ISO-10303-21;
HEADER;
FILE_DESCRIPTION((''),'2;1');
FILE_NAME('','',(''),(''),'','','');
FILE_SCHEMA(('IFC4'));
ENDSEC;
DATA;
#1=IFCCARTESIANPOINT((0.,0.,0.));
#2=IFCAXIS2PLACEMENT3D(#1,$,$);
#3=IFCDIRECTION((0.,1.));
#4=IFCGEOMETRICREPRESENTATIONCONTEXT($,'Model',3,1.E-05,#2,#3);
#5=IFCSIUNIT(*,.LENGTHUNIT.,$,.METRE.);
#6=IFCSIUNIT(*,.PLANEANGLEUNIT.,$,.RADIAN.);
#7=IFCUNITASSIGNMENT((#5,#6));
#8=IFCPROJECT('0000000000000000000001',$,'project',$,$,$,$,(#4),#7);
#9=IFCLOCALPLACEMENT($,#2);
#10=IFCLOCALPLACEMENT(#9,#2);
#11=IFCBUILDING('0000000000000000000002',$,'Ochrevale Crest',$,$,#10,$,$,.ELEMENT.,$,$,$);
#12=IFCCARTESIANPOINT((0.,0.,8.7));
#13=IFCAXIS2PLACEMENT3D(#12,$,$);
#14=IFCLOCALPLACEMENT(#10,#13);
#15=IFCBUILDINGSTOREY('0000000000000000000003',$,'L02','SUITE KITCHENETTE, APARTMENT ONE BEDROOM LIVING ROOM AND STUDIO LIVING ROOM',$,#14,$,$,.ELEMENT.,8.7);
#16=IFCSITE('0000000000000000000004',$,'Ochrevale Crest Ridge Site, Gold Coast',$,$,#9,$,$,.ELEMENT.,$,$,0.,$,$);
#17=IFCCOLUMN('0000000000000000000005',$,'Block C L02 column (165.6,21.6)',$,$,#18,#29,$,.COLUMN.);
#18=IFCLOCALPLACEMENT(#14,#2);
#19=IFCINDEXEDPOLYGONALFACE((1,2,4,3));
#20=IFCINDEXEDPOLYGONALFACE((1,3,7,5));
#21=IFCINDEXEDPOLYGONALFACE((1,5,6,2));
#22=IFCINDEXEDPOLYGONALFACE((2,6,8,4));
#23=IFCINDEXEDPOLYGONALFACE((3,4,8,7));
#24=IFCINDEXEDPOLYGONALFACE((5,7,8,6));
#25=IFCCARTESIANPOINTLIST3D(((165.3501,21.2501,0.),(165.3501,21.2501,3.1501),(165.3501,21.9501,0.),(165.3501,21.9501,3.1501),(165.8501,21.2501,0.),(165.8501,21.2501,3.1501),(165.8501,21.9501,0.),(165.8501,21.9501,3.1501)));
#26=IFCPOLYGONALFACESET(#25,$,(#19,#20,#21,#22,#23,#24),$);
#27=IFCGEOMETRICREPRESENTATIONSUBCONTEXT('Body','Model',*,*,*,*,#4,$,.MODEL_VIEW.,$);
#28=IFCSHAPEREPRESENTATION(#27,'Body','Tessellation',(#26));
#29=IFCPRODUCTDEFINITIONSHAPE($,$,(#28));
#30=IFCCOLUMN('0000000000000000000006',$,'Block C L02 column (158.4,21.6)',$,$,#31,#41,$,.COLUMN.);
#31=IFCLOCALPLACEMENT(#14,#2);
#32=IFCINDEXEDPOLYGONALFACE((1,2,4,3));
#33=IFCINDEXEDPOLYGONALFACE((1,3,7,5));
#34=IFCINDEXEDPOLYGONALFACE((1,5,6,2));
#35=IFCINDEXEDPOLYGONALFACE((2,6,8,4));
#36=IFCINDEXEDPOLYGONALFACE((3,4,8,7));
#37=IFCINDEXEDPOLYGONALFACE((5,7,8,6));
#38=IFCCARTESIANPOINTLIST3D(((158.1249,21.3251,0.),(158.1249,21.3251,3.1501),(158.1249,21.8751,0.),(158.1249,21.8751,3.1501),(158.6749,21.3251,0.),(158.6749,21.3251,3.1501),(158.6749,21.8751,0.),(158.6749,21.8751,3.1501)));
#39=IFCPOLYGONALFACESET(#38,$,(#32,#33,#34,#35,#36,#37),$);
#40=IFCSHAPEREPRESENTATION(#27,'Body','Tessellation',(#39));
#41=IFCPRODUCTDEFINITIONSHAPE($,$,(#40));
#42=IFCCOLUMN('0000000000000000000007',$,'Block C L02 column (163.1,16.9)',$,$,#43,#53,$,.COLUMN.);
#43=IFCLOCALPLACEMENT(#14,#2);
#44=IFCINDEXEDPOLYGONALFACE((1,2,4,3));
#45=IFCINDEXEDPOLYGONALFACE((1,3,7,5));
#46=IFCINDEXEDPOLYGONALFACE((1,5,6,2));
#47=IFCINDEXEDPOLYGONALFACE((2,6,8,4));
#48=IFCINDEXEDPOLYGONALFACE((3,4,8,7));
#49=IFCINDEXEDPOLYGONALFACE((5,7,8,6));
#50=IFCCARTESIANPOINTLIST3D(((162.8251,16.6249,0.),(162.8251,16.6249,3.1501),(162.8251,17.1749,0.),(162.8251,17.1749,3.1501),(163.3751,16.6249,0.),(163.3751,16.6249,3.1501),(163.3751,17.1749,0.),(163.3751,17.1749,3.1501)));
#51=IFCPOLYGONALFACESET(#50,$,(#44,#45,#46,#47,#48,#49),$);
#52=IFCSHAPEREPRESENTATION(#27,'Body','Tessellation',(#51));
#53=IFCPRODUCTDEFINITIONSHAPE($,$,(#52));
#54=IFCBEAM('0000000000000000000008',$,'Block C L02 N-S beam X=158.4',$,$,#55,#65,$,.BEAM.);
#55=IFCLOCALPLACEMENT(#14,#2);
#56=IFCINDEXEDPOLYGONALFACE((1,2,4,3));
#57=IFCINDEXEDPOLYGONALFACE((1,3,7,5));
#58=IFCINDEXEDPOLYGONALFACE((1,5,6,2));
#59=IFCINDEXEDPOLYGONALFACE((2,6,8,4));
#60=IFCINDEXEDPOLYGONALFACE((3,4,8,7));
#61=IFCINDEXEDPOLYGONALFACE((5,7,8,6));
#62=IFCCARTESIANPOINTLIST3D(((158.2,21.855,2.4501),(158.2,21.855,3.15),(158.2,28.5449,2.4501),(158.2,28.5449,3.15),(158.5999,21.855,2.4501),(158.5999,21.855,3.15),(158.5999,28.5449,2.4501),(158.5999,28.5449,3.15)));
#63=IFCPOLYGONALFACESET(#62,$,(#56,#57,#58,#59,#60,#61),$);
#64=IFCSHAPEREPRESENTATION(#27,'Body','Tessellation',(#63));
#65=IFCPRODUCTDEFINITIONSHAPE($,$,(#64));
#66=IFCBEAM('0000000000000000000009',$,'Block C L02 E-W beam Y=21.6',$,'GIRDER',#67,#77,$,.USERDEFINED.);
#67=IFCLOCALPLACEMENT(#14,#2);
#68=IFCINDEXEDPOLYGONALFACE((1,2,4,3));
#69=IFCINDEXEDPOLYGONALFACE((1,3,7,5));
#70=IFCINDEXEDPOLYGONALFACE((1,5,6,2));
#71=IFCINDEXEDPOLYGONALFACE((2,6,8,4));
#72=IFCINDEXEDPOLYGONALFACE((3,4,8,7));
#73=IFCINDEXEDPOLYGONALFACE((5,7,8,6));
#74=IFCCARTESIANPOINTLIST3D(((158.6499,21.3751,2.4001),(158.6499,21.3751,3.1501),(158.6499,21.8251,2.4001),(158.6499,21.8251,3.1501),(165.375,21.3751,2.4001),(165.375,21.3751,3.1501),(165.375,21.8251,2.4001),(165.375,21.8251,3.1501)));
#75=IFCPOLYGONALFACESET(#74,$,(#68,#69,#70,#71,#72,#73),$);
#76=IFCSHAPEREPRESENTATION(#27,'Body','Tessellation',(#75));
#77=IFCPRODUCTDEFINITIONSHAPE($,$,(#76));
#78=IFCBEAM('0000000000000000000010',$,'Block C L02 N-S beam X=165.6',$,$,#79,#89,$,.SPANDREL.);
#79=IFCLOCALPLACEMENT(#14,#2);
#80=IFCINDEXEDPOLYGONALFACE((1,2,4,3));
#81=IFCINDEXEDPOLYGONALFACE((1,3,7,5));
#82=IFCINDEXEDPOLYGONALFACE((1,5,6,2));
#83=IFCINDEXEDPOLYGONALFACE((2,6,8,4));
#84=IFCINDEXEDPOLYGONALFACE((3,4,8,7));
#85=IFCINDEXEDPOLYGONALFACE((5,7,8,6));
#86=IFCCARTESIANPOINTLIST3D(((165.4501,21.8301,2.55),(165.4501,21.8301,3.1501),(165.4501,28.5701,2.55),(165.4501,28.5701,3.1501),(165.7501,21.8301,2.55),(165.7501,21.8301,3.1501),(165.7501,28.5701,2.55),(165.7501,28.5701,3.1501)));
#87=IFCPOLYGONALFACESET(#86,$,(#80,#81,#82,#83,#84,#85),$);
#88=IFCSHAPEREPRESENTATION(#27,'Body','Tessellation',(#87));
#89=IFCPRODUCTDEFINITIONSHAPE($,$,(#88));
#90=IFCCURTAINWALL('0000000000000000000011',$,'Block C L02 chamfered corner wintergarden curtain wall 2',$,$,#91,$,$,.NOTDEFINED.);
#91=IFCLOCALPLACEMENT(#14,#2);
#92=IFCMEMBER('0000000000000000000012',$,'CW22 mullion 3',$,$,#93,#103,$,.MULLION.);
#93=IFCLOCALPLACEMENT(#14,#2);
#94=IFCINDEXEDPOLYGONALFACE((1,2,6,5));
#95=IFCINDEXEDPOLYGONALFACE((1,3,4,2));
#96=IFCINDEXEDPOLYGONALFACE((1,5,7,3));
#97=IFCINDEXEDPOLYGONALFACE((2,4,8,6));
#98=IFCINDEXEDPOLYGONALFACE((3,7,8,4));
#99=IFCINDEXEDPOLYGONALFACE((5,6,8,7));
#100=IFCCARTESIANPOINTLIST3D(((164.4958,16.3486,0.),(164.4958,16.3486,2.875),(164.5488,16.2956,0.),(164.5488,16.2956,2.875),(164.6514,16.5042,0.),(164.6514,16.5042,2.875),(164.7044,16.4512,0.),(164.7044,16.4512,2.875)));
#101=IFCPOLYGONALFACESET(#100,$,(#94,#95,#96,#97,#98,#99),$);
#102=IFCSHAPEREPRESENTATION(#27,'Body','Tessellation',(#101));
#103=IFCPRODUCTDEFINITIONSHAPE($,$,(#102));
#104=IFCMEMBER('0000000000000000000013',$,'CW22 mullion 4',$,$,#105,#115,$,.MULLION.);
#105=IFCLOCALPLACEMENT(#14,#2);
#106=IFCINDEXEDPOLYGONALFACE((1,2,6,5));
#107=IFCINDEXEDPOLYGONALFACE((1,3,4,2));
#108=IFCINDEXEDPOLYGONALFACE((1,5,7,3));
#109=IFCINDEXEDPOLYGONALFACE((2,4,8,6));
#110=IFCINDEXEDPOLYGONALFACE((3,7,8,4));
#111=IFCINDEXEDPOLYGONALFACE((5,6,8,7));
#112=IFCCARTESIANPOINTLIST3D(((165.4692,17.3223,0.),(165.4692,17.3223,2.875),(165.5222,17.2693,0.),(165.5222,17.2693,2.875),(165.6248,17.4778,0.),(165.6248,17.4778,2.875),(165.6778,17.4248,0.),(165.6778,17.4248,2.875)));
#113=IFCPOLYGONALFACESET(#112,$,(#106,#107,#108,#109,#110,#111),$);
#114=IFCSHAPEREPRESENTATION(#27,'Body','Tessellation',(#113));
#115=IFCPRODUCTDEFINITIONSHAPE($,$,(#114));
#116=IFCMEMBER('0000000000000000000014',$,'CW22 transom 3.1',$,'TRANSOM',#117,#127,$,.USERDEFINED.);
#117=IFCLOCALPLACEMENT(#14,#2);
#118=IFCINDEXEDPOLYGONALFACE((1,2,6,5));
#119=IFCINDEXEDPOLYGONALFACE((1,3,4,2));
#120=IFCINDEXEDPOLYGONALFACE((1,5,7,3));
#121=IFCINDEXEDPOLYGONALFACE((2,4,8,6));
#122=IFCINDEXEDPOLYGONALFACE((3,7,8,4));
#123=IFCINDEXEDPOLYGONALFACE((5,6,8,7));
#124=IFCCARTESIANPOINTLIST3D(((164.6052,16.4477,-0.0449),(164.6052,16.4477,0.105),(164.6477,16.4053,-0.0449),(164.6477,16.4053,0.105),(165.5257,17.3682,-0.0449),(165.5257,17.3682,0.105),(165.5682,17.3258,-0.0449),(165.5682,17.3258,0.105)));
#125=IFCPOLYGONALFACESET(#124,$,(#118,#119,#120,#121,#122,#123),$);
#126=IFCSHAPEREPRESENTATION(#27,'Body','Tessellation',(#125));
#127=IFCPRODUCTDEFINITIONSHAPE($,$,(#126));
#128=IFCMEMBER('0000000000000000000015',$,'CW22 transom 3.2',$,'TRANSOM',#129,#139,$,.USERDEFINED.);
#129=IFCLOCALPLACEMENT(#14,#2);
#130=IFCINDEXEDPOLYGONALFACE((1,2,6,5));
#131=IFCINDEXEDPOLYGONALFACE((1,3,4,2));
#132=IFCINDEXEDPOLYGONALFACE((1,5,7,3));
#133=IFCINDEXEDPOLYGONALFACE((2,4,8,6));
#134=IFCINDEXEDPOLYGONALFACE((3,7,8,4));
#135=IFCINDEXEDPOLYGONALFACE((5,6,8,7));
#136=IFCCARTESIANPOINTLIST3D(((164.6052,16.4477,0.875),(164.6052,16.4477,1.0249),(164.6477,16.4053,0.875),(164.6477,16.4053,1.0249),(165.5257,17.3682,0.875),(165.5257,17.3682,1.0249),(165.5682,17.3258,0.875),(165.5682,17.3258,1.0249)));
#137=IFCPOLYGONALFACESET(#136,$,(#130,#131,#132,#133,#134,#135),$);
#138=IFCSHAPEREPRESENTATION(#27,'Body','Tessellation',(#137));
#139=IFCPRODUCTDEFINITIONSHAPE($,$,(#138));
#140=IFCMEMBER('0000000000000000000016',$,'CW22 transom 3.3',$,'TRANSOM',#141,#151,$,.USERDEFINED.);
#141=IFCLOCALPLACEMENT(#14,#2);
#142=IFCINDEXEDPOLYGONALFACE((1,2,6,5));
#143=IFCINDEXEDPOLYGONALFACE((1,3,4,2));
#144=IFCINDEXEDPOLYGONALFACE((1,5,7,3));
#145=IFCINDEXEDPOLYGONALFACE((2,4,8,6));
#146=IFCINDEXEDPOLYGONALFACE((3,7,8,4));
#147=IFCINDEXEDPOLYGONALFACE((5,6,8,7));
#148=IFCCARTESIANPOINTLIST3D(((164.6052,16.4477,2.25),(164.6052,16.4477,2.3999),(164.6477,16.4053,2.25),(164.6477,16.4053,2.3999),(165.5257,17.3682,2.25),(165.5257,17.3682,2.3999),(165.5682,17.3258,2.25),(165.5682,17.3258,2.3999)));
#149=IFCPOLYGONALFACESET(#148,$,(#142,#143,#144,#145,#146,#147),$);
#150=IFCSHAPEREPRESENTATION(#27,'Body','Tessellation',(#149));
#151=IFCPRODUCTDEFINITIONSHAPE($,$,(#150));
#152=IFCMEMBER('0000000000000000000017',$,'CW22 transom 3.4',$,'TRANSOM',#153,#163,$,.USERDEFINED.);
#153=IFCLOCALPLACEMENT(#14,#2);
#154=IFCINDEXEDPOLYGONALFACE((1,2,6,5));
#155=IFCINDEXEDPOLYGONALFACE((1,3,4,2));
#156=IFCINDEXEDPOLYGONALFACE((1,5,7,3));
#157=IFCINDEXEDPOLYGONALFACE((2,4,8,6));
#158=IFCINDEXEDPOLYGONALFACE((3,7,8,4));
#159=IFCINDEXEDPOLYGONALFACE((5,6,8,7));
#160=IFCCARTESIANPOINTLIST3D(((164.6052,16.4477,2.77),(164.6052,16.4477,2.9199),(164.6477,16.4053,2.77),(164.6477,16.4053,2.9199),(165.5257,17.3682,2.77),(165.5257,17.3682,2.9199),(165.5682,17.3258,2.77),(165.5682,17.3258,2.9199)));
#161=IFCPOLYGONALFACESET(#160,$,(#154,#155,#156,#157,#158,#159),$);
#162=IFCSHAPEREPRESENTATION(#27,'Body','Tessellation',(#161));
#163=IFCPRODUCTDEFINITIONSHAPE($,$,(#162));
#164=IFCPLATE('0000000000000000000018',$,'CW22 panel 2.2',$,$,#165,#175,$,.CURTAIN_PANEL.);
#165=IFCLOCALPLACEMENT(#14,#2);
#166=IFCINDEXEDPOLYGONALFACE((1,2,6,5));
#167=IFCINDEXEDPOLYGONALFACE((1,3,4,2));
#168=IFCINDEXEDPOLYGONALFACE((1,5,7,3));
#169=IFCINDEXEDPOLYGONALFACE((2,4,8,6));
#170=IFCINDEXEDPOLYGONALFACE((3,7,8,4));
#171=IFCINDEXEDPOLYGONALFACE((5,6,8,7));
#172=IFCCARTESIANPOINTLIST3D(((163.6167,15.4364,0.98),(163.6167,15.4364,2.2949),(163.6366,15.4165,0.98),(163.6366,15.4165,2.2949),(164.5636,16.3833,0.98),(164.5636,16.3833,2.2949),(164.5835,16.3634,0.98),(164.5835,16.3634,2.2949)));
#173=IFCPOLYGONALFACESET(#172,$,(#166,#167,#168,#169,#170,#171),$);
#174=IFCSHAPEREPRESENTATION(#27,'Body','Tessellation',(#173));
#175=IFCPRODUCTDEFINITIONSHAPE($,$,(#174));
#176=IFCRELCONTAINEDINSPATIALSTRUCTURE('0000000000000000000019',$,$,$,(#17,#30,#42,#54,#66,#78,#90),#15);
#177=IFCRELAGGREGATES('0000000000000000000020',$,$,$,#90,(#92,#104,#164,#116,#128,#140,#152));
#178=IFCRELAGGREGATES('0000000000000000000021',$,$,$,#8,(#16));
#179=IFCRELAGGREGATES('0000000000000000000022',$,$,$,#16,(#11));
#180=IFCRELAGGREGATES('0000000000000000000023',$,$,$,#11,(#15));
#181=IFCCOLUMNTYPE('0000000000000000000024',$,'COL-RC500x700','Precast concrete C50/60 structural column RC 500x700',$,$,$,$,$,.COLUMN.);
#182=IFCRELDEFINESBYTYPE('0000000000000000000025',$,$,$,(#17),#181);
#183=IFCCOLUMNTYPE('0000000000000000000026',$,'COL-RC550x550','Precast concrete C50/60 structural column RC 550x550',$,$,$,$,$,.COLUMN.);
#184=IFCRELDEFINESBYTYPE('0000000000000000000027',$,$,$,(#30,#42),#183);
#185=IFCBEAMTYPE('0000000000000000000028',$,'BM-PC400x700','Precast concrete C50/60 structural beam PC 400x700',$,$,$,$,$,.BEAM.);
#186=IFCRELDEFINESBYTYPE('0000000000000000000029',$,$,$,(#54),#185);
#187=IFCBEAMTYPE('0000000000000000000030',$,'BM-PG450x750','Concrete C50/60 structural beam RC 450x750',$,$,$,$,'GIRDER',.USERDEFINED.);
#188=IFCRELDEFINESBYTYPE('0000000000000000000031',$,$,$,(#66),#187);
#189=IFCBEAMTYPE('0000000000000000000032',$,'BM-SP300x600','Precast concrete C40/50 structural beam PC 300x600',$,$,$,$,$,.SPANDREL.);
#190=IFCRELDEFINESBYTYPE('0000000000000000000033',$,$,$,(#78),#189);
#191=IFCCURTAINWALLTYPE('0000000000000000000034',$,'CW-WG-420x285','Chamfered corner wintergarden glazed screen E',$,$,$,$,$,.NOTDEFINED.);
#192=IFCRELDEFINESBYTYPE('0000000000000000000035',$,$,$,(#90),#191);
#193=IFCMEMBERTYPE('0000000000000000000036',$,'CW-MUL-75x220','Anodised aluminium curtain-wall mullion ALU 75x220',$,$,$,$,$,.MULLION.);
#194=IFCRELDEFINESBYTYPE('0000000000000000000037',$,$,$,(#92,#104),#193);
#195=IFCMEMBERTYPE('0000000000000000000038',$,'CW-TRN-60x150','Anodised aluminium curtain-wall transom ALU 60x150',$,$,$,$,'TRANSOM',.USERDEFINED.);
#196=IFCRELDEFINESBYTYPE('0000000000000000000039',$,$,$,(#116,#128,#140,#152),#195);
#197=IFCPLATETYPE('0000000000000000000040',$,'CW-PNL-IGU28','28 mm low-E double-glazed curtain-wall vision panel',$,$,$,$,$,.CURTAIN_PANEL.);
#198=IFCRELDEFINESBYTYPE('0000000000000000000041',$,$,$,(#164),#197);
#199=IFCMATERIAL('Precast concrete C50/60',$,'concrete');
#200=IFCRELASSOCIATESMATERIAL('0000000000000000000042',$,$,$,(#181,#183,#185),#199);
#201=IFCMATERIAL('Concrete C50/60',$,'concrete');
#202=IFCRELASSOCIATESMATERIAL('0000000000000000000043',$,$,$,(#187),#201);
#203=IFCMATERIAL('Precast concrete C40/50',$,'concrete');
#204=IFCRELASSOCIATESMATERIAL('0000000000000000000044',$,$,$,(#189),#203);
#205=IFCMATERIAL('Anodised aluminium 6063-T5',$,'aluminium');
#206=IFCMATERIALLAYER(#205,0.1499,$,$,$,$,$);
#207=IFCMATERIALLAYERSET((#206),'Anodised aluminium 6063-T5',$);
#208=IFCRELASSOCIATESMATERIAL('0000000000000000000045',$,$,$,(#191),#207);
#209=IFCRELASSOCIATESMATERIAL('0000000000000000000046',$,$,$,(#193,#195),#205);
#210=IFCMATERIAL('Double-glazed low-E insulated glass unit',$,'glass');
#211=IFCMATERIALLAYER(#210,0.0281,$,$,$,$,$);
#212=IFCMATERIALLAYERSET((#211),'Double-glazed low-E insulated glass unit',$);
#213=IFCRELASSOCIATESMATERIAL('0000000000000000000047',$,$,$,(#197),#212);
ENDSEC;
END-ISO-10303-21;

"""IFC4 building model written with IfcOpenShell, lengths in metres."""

from ifc_helpers import new_model, si_unit, direction, frame, origin, origin_2d, place, context, subcontext, project, spatial, rectangle, extrude, material, layer, layer_set, material_profile, profile_set, type_object, element, aggregate, save


model = new_model("IFC4")

# Units and contexts
model_context = context("Model", 3, precision=1e-05, world=origin(), true_north=direction((0.0, 1.0)))
body_context = subcontext(model_context, "Body", "Model", "MODEL_VIEW")
ifc_project = project(units=[si_unit("LENGTHUNIT", "METRE"), si_unit("PLANEANGLEUNIT", "RADIAN")], contexts=[model_context])

# Site, building, storey
site_placement = place(None, origin())
site = spatial("IfcSite", under=ifc_project, at=site_placement, Name="Ochrevale Crest Ridge Site, Gold Coast", CompositionType="ELEMENT", RefElevation=0.0)
building_placement = place(site_placement, origin())
building = spatial("IfcBuilding", under=site, at=building_placement, Name="Ochrevale Crest", CompositionType="ELEMENT")
storey_placement = place(building_placement, frame((0.0, 0.0, 8.7)))
storey = spatial("IfcBuildingStorey", under=building, at=storey_placement, Name="L02", Description="SUITE KITCHENETTE, APARTMENT ONE BEDROOM LIVING ROOM AND STUDIO LIVING ROOM", CompositionType="ELEMENT", Elevation=8.7)

# Columns
ifc_material_1 = material(Name="Precast concrete C50/60", Category="concrete")
ifc_material_profile_1 = material_profile(ifc_material_1, rectangle(XDim=0.5, YDim=0.7, at=origin_2d()), Name="RC 500x700")
ifc_profile_set_1 = profile_set([ifc_material_profile_1], Name="Precast concrete C50/60")
column_type_1 = type_object("IfcColumnType", Name="COL-RC500x700", Description="Precast concrete C50/60 structural column RC 500x700", PredefinedType="COLUMN", material=ifc_profile_set_1)
column_placement = place(storey_placement, frame((165.6001, 21.6001, 0.0), z_axis=(0.0, 0.0, 1.0), x_axis=(1.0, 0.0, 0.0)))
element("IfcColumn", 1, at=column_placement, inside=storey, type_object=column_type_1, Name="Block C L02 column (165.6,21.6)", PredefinedType="COLUMN", context=body_context, shape_type="SweptSolid", body=[
    extrude(rectangle(XDim=0.5, YDim=0.7, at=origin_2d()), origin(), (0.0, 0.0, 1.0), 3.1501),
])
ifc_material_profile_2 = material_profile(ifc_material_1, rectangle(XDim=0.55, YDim=0.55, at=origin_2d()), Name="RC 550x550")
ifc_profile_set_2 = profile_set([ifc_material_profile_2], Name="Precast concrete C50/60")
column_type_2 = type_object("IfcColumnType", Name="COL-RC550x550", Description="Precast concrete C50/60 structural column RC 550x550", PredefinedType="COLUMN", material=ifc_profile_set_2)
for number, where, z_axis, x_axis, name in (
    (2, (158.3999, 21.6001, 0.0), (0.0, 0.0, 1.0), (1.0, 0.0, 0.0), "Block C L02 column (158.4,21.6)"),
    (3, (163.1001, 16.8999, 0.0), (0.0, 0.0, 1.0), (1.0, 0.0, 0.0), "Block C L02 column (163.1,16.9)"),
):
    element("IfcColumn", number, at=place(storey_placement, frame(where, z_axis=z_axis, x_axis=x_axis)), inside=storey, type_object=column_type_2, Name=name, PredefinedType="COLUMN", context=body_context, shape_type="SweptSolid", body=[
        extrude(rectangle(XDim=0.55, YDim=0.55, at=origin_2d()), origin(), (0.0, 0.0, 1.0), 3.1501),
    ])

# Beams
ifc_material_profile_3 = material_profile(ifc_material_1, rectangle(XDim=0.3999, YDim=0.7, at=origin_2d()), Name="PC 400x700")
ifc_profile_set_3 = profile_set([ifc_material_profile_3], Name="Precast concrete C50/60")
beam_type_1 = type_object("IfcBeamType", Name="BM-PC400x700", Description="Precast concrete C50/60 structural beam PC 400x700", PredefinedType="BEAM", material=ifc_profile_set_3)
beam_1_placement = place(storey_placement, frame((158.3999, 21.855, 2.8), z_axis=(0.0, 1.0, 0.0), x_axis=(-1.0, 0.0, 0.0)))
element("IfcBeam", 4, at=beam_1_placement, inside=storey, type_object=beam_type_1, Name="Block C L02 N-S beam X=158.4", PredefinedType="BEAM", context=body_context, shape_type="SweptSolid", body=[
    extrude(rectangle(XDim=0.3999, YDim=0.7, at=origin_2d()), origin(), (0.0, 0.0, 1.0), 6.6899),
])
ifc_material_2 = material(Name="Concrete C50/60", Category="concrete")
ifc_material_profile_4 = material_profile(ifc_material_2, rectangle(XDim=0.45, YDim=0.75, at=origin_2d()), Name="RC 450x750")
ifc_profile_set_4 = profile_set([ifc_material_profile_4], Name="Concrete C50/60")
beam_type_2 = type_object("IfcBeamType", Name="BM-PG450x750", Description="Concrete C50/60 structural beam RC 450x750", ElementType="GIRDER", PredefinedType="USERDEFINED", material=ifc_profile_set_4)
beam_2_placement = place(storey_placement, frame((158.6499, 21.6001, 2.7751), z_axis=(1.0, 0.0, 0.0), x_axis=(0.0, 1.0, 0.0)))
element("IfcBeam", 5, at=beam_2_placement, inside=storey, type_object=beam_type_2, Name="Block C L02 E-W beam Y=21.6", ObjectType="GIRDER", PredefinedType="USERDEFINED", context=body_context, shape_type="SweptSolid", body=[
    extrude(rectangle(XDim=0.45, YDim=0.75, at=origin_2d()), origin(), (0.0, 0.0, 1.0), 6.7251),
])
ifc_material_3 = material(Name="Precast concrete C40/50", Category="concrete")
ifc_material_profile_5 = material_profile(ifc_material_3, rectangle(XDim=0.3, YDim=0.6001, at=origin_2d()), Name="PC 300x600")
ifc_profile_set_5 = profile_set([ifc_material_profile_5], Name="Precast concrete C40/50")
beam_type_3 = type_object("IfcBeamType", Name="BM-SP300x600", Description="Precast concrete C40/50 structural beam PC 300x600", PredefinedType="SPANDREL", material=ifc_profile_set_5)
beam_3_placement = place(storey_placement, frame((165.6001, 21.8301, 2.8501), z_axis=(0.0, 1.0, 0.0), x_axis=(-1.0, 0.0, 0.0)))
element("IfcBeam", 6, at=beam_3_placement, inside=storey, type_object=beam_type_3, Name="Block C L02 N-S beam X=165.6", PredefinedType="SPANDREL", context=body_context, shape_type="SweptSolid", body=[
    extrude(rectangle(XDim=0.3, YDim=0.6001, at=origin_2d()), origin(), (0.0, 0.0, 1.0), 6.74),
])

# Curtain wall, members, plate
ifc_material_4 = material(Name="Anodised aluminium 6063-T5", Category="aluminium")
ifc_layer_1 = layer(ifc_material_4, 0.1499)
ifc_layer_set_1 = layer_set([ifc_layer_1], Name="Anodised aluminium 6063-T5")
curtain_wall_type = type_object("IfcCurtainWallType", Name="CW-WG-420x285", Description="Chamfered corner wintergarden glazed screen E", PredefinedType="NOTDEFINED", material=ifc_layer_set_1)
curtain_wall_placement = place(storey_placement, origin())
curtain_wall = element("IfcCurtainWall", 7, at=curtain_wall_placement, inside=storey, type_object=curtain_wall_type, Name="Block C L02 chamfered corner wintergarden curtain wall 2", PredefinedType="NOTDEFINED")
ifc_material_profile_6 = material_profile(ifc_material_4, rectangle(XDim=0.075, YDim=0.22, at=origin_2d()), Name="ALU 75x220")
ifc_profile_set_6 = profile_set([ifc_material_profile_6], Name="Anodised aluminium 6063-T5")
member_type_1 = type_object("IfcMemberType", Name="CW-MUL-75x220", Description="Anodised aluminium curtain-wall mullion ALU 75x220", PredefinedType="MULLION", material=ifc_profile_set_6)
member_1_placement = place(storey_placement, frame((164.6001, 16.3999, 0.0), z_axis=(0.0, 0.0, 1.0), x_axis=(-0.707107, 0.707107, 0.0)))
member_1 = element("IfcMember", 8, at=member_1_placement, type_object=member_type_1, Name="CW22 mullion 3", PredefinedType="MULLION", context=body_context, shape_type="SweptSolid", body=[
    extrude(rectangle(XDim=0.075, YDim=0.22, at=origin_2d()), origin(), (0.0, 0.0, 1.0), 2.875),
])
member_2_placement = place(storey_placement, frame((165.5735, 17.3735, 0.0), z_axis=(0.0, 0.0, 1.0), x_axis=(-0.707107, 0.707107, 0.0)))
member_2 = element("IfcMember", 9, at=member_2_placement, type_object=member_type_1, Name="CW22 mullion 4", PredefinedType="MULLION", context=body_context, shape_type="SweptSolid", body=[
    extrude(rectangle(XDim=0.075, YDim=0.22, at=origin_2d()), origin(), (0.0, 0.0, 1.0), 2.875),
])
ifc_material_profile_7 = material_profile(ifc_material_4, rectangle(XDim=0.0601, YDim=0.1499, at=origin_2d()), Name="ALU 60x150")
ifc_profile_set_7 = profile_set([ifc_material_profile_7], Name="Anodised aluminium 6063-T5")
member_type_2 = type_object("IfcMemberType", Name="CW-TRN-60x150", Description="Anodised aluminium curtain-wall transom ALU 60x150", ElementType="TRANSOM", PredefinedType="USERDEFINED", material=ifc_profile_set_7)
member_3_placement = place(storey_placement, frame((164.6265, 16.4265, 0.03), z_axis=(0.707107, 0.707107, 0.0), x_axis=(-0.707107, 0.707107, 0.0)))
member_3 = element("IfcMember", 10, at=member_3_placement, type_object=member_type_2, Name="CW22 transom 3.1", ObjectType="TRANSOM", PredefinedType="USERDEFINED", context=body_context, shape_type="SweptSolid", body=[
    extrude(rectangle(XDim=0.0601, YDim=0.1499, at=origin_2d()), origin(), (0.0, 0.0, 1.0), 1.3018),
])
member_4_placement = place(storey_placement, frame((164.6265, 16.4265, 0.95), z_axis=(0.707107, 0.707107, 0.0), x_axis=(-0.707107, 0.707107, 0.0)))
member_4 = element("IfcMember", 11, at=member_4_placement, type_object=member_type_2, Name="CW22 transom 3.2", ObjectType="TRANSOM", PredefinedType="USERDEFINED", context=body_context, shape_type="SweptSolid", body=[
    extrude(rectangle(XDim=0.0601, YDim=0.1499, at=origin_2d()), origin(), (0.0, 0.0, 1.0), 1.3018),
])
member_5_placement = place(storey_placement, frame((164.6265, 16.4265, 2.325), z_axis=(0.707107, 0.707107, 0.0), x_axis=(-0.707107, 0.707107, 0.0)))
member_5 = element("IfcMember", 12, at=member_5_placement, type_object=member_type_2, Name="CW22 transom 3.3", ObjectType="TRANSOM", PredefinedType="USERDEFINED", context=body_context, shape_type="SweptSolid", body=[
    extrude(rectangle(XDim=0.0601, YDim=0.1499, at=origin_2d()), origin(), (0.0, 0.0, 1.0), 1.3018),
])
member_6_placement = place(storey_placement, frame((164.6265, 16.4265, 2.845), z_axis=(0.707107, 0.707107, 0.0), x_axis=(-0.707107, 0.707107, 0.0)))
member_6 = element("IfcMember", 13, at=member_6_placement, type_object=member_type_2, Name="CW22 transom 3.4", ObjectType="TRANSOM", PredefinedType="USERDEFINED", context=body_context, shape_type="SweptSolid", body=[
    extrude(rectangle(XDim=0.0601, YDim=0.1499, at=origin_2d()), origin(), (0.0, 0.0, 1.0), 1.3018),
])
ifc_material_5 = material(Name="Double-glazed low-E insulated glass unit", Category="glass")
ifc_layer_2 = layer(ifc_material_5, 0.0281)
ifc_layer_set_2 = layer_set([ifc_layer_2], Name="Double-glazed low-E insulated glass unit")
plate_type = type_object("IfcPlateType", Name="CW-PNL-IGU28", Description="28 mm low-E double-glazed curtain-wall vision panel", PredefinedType="CURTAIN_PANEL", material=ifc_layer_set_2)
plate_1_placement = place(storey_placement, frame((164.1001, 15.8999, 0.98), z_axis=(0.0, 0.0, 1.0), x_axis=(0.707107, 0.707107, 0.0)))
plate_1 = element("IfcPlate", 14, at=plate_1_placement, type_object=plate_type, Name="CW22 panel 2.2", PredefinedType="CURTAIN_PANEL", context=body_context, shape_type="SweptSolid", body=[
    extrude(rectangle(XDim=1.3391, YDim=0.0281, at=origin_2d()), origin(), (0.0, 0.0, 1.0), 1.3149),
])
aggregate(curtain_wall, [member_1, member_2, plate_1, member_3, member_4, member_5, member_6])

save(model, "model.ifc")
